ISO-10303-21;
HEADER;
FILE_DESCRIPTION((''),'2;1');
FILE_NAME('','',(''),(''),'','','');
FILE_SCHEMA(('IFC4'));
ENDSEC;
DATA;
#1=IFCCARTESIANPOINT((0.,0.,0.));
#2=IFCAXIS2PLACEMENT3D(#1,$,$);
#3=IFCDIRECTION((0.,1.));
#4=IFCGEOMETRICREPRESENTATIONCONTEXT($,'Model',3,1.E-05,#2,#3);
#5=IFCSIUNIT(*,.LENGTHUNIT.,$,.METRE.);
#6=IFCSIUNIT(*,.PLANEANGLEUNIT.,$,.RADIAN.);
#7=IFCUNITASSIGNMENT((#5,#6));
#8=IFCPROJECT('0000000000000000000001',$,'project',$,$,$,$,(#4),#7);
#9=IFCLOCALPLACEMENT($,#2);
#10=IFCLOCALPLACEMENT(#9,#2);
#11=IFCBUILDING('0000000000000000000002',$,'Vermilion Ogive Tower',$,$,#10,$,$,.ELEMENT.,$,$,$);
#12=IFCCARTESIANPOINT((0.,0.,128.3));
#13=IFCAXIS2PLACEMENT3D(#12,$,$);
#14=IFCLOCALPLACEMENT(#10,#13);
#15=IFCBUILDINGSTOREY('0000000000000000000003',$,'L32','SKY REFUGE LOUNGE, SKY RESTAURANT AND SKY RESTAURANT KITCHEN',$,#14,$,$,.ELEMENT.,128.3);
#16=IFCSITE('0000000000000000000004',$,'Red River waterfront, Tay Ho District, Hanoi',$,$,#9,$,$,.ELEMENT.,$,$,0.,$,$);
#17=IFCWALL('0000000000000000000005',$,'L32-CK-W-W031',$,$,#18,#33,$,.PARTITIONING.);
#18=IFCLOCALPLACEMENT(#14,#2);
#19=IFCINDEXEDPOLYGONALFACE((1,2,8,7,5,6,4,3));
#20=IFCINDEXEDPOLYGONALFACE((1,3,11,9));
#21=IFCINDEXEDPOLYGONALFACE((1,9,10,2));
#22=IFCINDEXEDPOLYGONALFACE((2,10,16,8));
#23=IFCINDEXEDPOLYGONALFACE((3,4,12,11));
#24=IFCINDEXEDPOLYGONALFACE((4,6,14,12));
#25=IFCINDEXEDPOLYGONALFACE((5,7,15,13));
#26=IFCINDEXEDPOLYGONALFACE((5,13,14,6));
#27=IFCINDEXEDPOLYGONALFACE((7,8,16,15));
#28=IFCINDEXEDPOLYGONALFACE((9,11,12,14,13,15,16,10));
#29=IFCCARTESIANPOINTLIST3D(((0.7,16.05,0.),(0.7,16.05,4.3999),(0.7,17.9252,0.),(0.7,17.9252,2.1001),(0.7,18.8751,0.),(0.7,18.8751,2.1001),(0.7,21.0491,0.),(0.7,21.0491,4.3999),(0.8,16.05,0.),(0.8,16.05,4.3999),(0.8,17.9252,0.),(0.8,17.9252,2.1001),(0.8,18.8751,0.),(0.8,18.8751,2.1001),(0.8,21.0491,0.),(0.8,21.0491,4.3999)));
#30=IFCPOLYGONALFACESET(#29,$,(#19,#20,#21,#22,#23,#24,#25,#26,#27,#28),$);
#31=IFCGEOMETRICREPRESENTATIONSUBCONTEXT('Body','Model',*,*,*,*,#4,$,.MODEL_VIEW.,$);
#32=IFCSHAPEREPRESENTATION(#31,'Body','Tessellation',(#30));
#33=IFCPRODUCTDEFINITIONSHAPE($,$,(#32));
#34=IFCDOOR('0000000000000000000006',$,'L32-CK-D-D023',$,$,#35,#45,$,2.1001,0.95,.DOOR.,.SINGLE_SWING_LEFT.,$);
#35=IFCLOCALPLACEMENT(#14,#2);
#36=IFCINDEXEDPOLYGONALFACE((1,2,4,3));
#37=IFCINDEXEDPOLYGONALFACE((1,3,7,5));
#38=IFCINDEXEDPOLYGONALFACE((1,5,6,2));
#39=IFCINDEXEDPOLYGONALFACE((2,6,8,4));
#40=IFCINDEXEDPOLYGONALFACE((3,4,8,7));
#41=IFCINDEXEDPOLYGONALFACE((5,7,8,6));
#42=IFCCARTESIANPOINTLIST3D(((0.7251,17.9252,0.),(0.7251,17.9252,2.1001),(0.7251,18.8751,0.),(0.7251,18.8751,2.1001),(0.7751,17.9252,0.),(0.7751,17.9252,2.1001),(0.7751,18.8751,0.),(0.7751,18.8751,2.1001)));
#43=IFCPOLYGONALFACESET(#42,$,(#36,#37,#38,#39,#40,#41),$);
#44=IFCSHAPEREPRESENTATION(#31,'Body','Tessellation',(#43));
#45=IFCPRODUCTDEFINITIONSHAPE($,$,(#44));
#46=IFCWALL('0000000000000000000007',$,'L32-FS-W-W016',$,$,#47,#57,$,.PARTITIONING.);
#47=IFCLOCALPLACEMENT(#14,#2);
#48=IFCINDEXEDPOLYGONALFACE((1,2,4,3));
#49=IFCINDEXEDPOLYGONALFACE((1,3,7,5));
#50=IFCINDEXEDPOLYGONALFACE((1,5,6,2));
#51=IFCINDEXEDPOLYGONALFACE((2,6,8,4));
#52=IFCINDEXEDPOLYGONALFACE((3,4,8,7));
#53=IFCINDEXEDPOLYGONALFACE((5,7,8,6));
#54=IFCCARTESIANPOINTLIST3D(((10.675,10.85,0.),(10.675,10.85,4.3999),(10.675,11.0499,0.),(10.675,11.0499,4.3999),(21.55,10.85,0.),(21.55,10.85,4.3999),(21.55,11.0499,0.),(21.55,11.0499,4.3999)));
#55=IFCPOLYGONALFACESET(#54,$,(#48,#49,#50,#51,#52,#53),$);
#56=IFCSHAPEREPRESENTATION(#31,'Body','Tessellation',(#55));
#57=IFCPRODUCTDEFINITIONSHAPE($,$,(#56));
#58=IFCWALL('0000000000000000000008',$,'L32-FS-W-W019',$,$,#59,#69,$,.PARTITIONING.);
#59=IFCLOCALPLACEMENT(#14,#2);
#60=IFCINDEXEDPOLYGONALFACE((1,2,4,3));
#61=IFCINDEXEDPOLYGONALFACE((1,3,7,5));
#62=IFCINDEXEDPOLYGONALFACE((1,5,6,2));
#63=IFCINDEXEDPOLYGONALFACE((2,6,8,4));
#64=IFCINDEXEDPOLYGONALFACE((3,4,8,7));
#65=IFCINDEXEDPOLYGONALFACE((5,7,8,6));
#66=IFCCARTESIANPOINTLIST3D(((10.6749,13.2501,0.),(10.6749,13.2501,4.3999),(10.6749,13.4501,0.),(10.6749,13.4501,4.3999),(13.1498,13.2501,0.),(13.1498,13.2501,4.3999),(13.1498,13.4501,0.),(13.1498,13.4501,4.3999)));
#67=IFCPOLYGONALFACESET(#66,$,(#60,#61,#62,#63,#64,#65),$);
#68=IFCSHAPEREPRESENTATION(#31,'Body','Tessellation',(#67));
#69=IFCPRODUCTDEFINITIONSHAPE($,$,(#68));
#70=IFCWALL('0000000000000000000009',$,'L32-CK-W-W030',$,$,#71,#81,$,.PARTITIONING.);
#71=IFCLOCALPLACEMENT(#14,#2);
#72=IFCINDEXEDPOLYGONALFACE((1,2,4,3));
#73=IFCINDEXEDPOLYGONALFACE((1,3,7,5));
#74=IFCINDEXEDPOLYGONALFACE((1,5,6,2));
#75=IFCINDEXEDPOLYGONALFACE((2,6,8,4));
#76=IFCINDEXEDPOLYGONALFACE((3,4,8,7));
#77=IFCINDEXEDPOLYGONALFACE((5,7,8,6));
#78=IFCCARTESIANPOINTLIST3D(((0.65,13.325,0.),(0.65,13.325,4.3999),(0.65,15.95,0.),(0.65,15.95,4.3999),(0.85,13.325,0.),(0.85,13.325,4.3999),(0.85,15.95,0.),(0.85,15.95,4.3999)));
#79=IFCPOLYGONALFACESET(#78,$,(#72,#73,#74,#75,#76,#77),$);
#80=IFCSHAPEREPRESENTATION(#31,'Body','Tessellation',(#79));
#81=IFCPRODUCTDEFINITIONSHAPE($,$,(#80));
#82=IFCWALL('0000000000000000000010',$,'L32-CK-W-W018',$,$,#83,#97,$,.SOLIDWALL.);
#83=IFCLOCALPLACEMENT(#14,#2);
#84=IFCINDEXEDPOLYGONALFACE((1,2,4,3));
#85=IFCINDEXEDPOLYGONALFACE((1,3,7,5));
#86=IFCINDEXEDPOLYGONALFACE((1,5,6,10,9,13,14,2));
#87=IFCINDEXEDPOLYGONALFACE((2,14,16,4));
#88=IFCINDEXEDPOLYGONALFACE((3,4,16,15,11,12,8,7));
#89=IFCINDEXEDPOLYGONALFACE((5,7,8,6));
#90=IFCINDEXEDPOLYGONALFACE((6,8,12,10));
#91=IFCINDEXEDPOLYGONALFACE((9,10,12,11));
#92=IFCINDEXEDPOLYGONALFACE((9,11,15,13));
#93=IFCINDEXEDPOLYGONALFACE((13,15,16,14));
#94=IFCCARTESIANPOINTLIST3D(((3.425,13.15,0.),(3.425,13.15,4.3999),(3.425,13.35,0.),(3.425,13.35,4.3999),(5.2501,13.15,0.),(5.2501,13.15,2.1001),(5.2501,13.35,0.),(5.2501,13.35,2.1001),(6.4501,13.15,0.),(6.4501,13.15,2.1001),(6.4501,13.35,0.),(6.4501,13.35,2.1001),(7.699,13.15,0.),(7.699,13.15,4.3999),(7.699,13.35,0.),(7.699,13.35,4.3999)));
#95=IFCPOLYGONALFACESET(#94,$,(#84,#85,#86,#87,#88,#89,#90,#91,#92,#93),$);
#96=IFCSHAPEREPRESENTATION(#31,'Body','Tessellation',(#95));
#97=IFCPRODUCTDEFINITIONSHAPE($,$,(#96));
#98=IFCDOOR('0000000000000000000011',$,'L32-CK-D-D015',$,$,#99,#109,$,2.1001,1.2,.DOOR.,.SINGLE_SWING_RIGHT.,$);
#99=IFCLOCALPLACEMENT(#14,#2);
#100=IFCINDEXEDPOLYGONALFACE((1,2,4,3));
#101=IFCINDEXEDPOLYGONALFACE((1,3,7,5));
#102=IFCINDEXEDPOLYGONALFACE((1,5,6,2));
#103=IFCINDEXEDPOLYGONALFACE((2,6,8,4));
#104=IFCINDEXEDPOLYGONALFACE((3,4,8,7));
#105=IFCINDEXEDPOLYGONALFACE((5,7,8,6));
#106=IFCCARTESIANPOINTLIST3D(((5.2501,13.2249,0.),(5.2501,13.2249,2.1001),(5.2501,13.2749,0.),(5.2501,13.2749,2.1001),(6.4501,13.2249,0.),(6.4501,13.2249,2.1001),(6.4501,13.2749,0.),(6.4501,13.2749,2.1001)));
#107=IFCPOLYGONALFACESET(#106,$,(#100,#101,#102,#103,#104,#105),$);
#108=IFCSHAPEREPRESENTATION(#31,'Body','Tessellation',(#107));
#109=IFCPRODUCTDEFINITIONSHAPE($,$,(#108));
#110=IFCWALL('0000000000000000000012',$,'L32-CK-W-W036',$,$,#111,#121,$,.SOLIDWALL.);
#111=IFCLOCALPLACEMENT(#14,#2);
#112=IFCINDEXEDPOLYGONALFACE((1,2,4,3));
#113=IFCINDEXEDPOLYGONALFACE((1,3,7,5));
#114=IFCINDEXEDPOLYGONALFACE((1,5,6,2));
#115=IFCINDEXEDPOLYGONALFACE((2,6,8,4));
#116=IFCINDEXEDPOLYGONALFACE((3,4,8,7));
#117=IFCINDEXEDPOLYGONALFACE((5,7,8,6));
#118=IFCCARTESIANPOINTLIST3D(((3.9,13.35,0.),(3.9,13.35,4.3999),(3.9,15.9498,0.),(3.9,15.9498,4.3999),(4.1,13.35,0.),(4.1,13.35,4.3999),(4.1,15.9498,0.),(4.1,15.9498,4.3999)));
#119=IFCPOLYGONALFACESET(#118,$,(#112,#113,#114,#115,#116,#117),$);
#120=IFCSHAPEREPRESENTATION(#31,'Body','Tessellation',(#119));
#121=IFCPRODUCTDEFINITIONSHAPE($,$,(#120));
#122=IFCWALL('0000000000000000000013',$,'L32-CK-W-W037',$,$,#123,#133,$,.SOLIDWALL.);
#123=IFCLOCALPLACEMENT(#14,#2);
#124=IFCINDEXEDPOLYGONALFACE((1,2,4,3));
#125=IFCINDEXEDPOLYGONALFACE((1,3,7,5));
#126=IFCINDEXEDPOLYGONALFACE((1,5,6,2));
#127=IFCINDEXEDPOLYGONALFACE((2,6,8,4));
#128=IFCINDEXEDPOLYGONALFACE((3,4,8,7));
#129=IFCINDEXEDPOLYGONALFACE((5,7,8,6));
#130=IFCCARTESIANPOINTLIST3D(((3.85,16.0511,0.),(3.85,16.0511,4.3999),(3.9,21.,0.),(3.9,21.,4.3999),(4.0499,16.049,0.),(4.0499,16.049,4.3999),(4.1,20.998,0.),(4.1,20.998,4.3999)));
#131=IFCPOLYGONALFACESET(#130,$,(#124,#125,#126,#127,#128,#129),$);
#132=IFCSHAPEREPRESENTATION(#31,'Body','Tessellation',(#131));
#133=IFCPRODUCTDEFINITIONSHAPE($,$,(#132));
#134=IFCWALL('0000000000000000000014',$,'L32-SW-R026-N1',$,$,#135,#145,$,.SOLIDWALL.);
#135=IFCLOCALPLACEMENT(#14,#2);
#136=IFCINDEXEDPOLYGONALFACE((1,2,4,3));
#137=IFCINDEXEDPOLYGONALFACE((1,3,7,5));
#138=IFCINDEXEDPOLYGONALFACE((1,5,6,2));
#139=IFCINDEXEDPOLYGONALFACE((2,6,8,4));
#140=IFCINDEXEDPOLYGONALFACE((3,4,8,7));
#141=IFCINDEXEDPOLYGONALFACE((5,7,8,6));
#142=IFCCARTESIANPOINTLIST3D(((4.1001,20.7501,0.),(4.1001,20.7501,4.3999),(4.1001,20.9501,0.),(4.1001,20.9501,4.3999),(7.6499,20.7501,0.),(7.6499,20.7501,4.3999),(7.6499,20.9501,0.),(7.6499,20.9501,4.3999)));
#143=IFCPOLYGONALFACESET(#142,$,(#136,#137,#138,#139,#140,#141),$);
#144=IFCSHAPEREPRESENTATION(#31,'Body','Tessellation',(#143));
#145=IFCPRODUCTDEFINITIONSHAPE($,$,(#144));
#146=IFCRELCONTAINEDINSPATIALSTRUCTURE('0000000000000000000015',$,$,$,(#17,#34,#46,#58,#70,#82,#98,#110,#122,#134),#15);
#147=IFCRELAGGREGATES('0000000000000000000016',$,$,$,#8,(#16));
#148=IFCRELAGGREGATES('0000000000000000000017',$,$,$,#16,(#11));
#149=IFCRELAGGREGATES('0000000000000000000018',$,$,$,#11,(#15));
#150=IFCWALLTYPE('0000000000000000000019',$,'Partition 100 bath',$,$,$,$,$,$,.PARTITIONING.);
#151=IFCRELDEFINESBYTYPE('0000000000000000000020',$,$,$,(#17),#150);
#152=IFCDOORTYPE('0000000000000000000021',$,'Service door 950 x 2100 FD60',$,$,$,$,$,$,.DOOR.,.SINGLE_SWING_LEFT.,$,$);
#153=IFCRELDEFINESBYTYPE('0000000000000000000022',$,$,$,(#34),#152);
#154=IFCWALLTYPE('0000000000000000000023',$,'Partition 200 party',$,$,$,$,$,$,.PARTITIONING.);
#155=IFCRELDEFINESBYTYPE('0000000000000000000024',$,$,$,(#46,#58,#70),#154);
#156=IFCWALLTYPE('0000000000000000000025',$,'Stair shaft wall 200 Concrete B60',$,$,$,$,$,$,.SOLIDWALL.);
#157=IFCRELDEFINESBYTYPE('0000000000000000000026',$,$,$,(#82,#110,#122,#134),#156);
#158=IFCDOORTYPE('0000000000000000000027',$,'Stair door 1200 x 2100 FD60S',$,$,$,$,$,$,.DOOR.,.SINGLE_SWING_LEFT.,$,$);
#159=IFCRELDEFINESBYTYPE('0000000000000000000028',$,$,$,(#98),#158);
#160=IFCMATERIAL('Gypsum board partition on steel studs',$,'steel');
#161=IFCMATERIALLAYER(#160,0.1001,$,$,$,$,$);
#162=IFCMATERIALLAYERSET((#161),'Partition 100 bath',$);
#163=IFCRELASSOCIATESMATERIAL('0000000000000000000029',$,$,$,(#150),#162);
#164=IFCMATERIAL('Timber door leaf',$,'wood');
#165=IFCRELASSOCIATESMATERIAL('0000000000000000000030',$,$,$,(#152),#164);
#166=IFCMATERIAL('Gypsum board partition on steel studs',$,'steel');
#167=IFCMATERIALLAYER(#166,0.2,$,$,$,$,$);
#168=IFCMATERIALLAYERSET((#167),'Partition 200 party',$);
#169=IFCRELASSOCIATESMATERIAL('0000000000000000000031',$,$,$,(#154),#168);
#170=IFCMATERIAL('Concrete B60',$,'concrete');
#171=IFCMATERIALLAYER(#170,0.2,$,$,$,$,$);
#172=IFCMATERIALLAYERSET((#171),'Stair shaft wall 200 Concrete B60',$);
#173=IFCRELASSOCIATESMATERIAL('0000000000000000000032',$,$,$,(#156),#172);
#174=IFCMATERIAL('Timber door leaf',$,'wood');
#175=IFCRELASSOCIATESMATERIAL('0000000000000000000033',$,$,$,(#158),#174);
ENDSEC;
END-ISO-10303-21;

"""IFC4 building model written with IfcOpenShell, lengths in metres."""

from ifc_helpers import new_model, si_unit, direction, frame, frame_2d, origin, place, context, subcontext, project, spatial, rectangle, extrude, material, layer, layer_set, type_object, element, fill, save


model = new_model("IFC4")

# Units and contexts
model_context = context("Model", 3, precision=1e-05, world=origin(), true_north=direction((0.0, 1.0)))
body_context = subcontext(model_context, "Body", "Model", "MODEL_VIEW")
ifc_project = project(units=[si_unit("LENGTHUNIT", "METRE"), si_unit("PLANEANGLEUNIT", "RADIAN")], contexts=[model_context])

# Site, building, storey
site_placement = place(None, origin())
site = spatial("IfcSite", under=ifc_project, at=site_placement, Name="Red River waterfront, Tay Ho District, Hanoi", CompositionType="ELEMENT", RefElevation=0.0)
building_placement = place(site_placement, origin())
building = spatial("IfcBuilding", under=site, at=building_placement, Name="Vermilion Ogive Tower", CompositionType="ELEMENT")
storey_placement = place(building_placement, frame((0.0, 0.0, 128.3)))
storey = spatial("IfcBuildingStorey", under=building, at=storey_placement, Name="L32", Description="SKY REFUGE LOUNGE, SKY RESTAURANT AND SKY RESTAURANT KITCHEN", CompositionType="ELEMENT", Elevation=128.3)

# Shared definitions
ifc_material_1 = material(Name="Gypsum board partition on steel studs", Category="steel")
ifc_layer_1 = layer(ifc_material_1, 0.1001)
ifc_layer_set_1 = layer_set([ifc_layer_1], Name="Partition 100 bath")
wall_type_1 = type_object("IfcWallType", Name="Partition 100 bath", PredefinedType="PARTITIONING", material=ifc_layer_set_1)

# Wall, opening, door
wall_1_placement = place(storey_placement, frame((0.75, 16.05, 0.0), z_axis=(0.0, 0.0, 1.0), x_axis=(0.0, 1.0, 0.0)))
wall_1 = element("IfcWall", 1, at=wall_1_placement, inside=storey, type_object=wall_type_1, Name="L32-CK-W-W031", PredefinedType="PARTITIONING", context=body_context, shape_type="SweptSolid", body=[
    extrude(rectangle(XDim=4.999, YDim=0.1001, at=frame_2d((2.4995, 0.0))), origin(), (0.0, 0.0, 1.0), 4.3999),
])
opening_1_placement = place(wall_1_placement, frame((1.875, 0.0, 0.0)))
opening_1 = element("IfcOpeningElement", 2, at=opening_1_placement, cuts=wall_1, PredefinedType="OPENING", context=body_context, shape_type="SweptSolid", body=[
    extrude(rectangle(XDim=0.95, YDim=2.1001, at=frame_2d((0.4751, 1.05))), frame((0.0, 0.0601, 0.0), z_axis=(0.0, -1.0, 0.0), x_axis=(1.0, 0.0, 0.0)), (0.0, 0.0, 1.0), 0.1201),
])
ifc_material_2 = material(Name="Timber door leaf", Category="wood")
door_type_1 = type_object("IfcDoorType", Name="Service door 950 x 2100 FD60", OperationType="SINGLE_SWING_LEFT", PredefinedType="DOOR", material=ifc_material_2)
door_1_placement = place(opening_1_placement, origin())
door_1 = element("IfcDoor", 3, at=door_1_placement, inside=storey, type_object=door_type_1, Name="L32-CK-D-D023", OperationType="SINGLE_SWING_LEFT", OverallHeight=2.1001, OverallWidth=0.95, PredefinedType="DOOR", context=body_context, shape_type="SweptSolid", body=[
    extrude(rectangle(XDim=0.95, YDim=2.1001, at=frame_2d((0.4751, 1.05))), frame((0.0, 0.0249, 0.0), z_axis=(0.0, -1.0, 0.0), x_axis=(1.0, 0.0, 0.0)), (0.0, 0.0, 1.0), 0.05),
])
fill(opening_1, door_1)

# Walls
ifc_material_3 = material(Name="Gypsum board partition on steel studs", Category="steel")
ifc_layer_2 = layer(ifc_material_3, 0.2)
ifc_layer_set_2 = layer_set([ifc_layer_2], Name="Partition 200 party")
wall_type_2 = type_object("IfcWallType", Name="Partition 200 party", PredefinedType="PARTITIONING", material=ifc_layer_set_2)
wall_2_placement = place(storey_placement, frame((10.675, 10.95, 0.0), z_axis=(0.0, 0.0, 1.0), x_axis=(1.0, 0.0, 0.0)))
element("IfcWall", 4, at=wall_2_placement, inside=storey, type_object=wall_type_2, Name="L32-FS-W-W016", PredefinedType="PARTITIONING", context=body_context, shape_type="SweptSolid", body=[
    extrude(rectangle(XDim=10.875, YDim=0.2, at=frame_2d((5.4375, 0.0))), origin(), (0.0, 0.0, 1.0), 4.3999),
])
wall_3_placement = place(storey_placement, frame((10.675, 13.3501, 0.0), z_axis=(0.0, 0.0, 1.0), x_axis=(1.0, 0.0, 0.0)))
element("IfcWall", 5, at=wall_3_placement, inside=storey, type_object=wall_type_2, Name="L32-FS-W-W019", PredefinedType="PARTITIONING", context=body_context, shape_type="SweptSolid", body=[
    extrude(rectangle(XDim=2.4749, YDim=0.2, at=frame_2d((1.2373, 0.0))), origin(), (0.0, 0.0, 1.0), 4.3999),
])
wall_4_placement = place(storey_placement, frame((0.75, 13.325, 0.0), z_axis=(0.0, 0.0, 1.0), x_axis=(0.0, 1.0, 0.0)))
element("IfcWall", 6, at=wall_4_placement, inside=storey, type_object=wall_type_2, Name="L32-CK-W-W030", PredefinedType="PARTITIONING", context=body_context, shape_type="SweptSolid", body=[
    extrude(rectangle(XDim=2.625, YDim=0.2, at=frame_2d((1.3125, 0.0))), origin(), (0.0, 0.0, 1.0), 4.3999),
])

# Wall, opening, door
ifc_material_4 = material(Name="Concrete B60", Category="concrete")
ifc_layer_3 = layer(ifc_material_4, 0.2)
ifc_layer_set_3 = layer_set([ifc_layer_3], Name="Stair shaft wall 200 Concrete B60")
wall_type_3 = type_object("IfcWallType", Name="Stair shaft wall 200 Concrete B60", PredefinedType="SOLIDWALL", material=ifc_layer_set_3)
wall_5_placement = place(storey_placement, frame((3.425, 13.25, 0.0), z_axis=(0.0, 0.0, 1.0), x_axis=(1.0, 0.0, 0.0)))
wall_5 = element("IfcWall", 7, at=wall_5_placement, inside=storey, type_object=wall_type_3, Name="L32-CK-W-W018", PredefinedType="SOLIDWALL", context=body_context, shape_type="SweptSolid", body=[
    extrude(rectangle(XDim=4.2739, YDim=0.2, at=frame_2d((2.137, 0.0))), origin(), (0.0, 0.0, 1.0), 4.3999),
])
opening_2_placement = place(wall_5_placement, frame((1.825, 0.0, 0.0)))
opening_2 = element("IfcOpeningElement", 8, at=opening_2_placement, cuts=wall_5, PredefinedType="OPENING", context=body_context, shape_type="SweptSolid", body=[
    extrude(rectangle(XDim=1.2, YDim=2.1001, at=frame_2d((0.6001, 1.05))), frame((0.0, 0.1099, 0.0), z_axis=(0.0, -1.0, 0.0), x_axis=(1.0, 0.0, 0.0)), (0.0, 0.0, 1.0), 0.22),
])
ifc_material_5 = material(Name="Timber door leaf", Category="wood")
door_type_2 = type_object("IfcDoorType", Name="Stair door 1200 x 2100 FD60S", OperationType="SINGLE_SWING_LEFT", PredefinedType="DOOR", material=ifc_material_5)
door_2_placement = place(opening_2_placement, origin())
door_2 = element("IfcDoor", 9, at=door_2_placement, inside=storey, type_object=door_type_2, Name="L32-CK-D-D015", OperationType="SINGLE_SWING_RIGHT", OverallHeight=2.1001, OverallWidth=1.2, PredefinedType="DOOR", context=body_context, shape_type="SweptSolid", body=[
    extrude(rectangle(XDim=1.2, YDim=2.1001, at=frame_2d((0.6001, 1.05))), frame((0.0, 0.0249, 0.0), z_axis=(0.0, -1.0, 0.0), x_axis=(1.0, 0.0, 0.0)), (0.0, 0.0, 1.0), 0.05),
])
fill(opening_2, door_2)

# Walls
wall_6_placement = place(storey_placement, frame((4.0, 13.3501, 0.0), z_axis=(0.0, 0.0, 1.0), x_axis=(0.0, 1.0, 0.0)))
element("IfcWall", 10, at=wall_6_placement, inside=storey, type_object=wall_type_3, Name="L32-CK-W-W036", PredefinedType="SOLIDWALL", context=body_context, shape_type="SweptSolid", body=[
    extrude(rectangle(XDim=2.5999, YDim=0.2, at=frame_2d((1.2998, 0.0))), origin(), (0.0, 0.0, 1.0), 4.3999),
])
wall_7_placement = place(storey_placement, frame((3.95, 16.05, 0.0), z_axis=(0.0, 0.0, 1.0), x_axis=(0.010112, 0.999949, 0.0)))
element("IfcWall", 11, at=wall_7_placement, inside=storey, type_object=wall_type_3, Name="L32-CK-W-W037", PredefinedType="SOLIDWALL", context=body_context, shape_type="SweptSolid", body=[
    extrude(rectangle(XDim=4.9492, YDim=0.2, at=frame_2d((2.4746, 0.0))), origin(), (0.0, 0.0, 1.0), 4.3999),
])
wall_8_placement = place(storey_placement, frame((4.1001, 20.8501, 0.0), z_axis=(0.0, 0.0, 1.0), x_axis=(1.0, 0.0, 0.0)))
element("IfcWall", 12, at=wall_8_placement, inside=storey, type_object=wall_type_3, Name="L32-SW-R026-N1", PredefinedType="SOLIDWALL", context=body_context, shape_type="SweptSolid", body=[
    extrude(rectangle(XDim=3.5498, YDim=0.2, at=frame_2d((1.7749, 0.0))), origin(), (0.0, 0.0, 1.0), 4.3999),
])

save(model, "model.ifc")
